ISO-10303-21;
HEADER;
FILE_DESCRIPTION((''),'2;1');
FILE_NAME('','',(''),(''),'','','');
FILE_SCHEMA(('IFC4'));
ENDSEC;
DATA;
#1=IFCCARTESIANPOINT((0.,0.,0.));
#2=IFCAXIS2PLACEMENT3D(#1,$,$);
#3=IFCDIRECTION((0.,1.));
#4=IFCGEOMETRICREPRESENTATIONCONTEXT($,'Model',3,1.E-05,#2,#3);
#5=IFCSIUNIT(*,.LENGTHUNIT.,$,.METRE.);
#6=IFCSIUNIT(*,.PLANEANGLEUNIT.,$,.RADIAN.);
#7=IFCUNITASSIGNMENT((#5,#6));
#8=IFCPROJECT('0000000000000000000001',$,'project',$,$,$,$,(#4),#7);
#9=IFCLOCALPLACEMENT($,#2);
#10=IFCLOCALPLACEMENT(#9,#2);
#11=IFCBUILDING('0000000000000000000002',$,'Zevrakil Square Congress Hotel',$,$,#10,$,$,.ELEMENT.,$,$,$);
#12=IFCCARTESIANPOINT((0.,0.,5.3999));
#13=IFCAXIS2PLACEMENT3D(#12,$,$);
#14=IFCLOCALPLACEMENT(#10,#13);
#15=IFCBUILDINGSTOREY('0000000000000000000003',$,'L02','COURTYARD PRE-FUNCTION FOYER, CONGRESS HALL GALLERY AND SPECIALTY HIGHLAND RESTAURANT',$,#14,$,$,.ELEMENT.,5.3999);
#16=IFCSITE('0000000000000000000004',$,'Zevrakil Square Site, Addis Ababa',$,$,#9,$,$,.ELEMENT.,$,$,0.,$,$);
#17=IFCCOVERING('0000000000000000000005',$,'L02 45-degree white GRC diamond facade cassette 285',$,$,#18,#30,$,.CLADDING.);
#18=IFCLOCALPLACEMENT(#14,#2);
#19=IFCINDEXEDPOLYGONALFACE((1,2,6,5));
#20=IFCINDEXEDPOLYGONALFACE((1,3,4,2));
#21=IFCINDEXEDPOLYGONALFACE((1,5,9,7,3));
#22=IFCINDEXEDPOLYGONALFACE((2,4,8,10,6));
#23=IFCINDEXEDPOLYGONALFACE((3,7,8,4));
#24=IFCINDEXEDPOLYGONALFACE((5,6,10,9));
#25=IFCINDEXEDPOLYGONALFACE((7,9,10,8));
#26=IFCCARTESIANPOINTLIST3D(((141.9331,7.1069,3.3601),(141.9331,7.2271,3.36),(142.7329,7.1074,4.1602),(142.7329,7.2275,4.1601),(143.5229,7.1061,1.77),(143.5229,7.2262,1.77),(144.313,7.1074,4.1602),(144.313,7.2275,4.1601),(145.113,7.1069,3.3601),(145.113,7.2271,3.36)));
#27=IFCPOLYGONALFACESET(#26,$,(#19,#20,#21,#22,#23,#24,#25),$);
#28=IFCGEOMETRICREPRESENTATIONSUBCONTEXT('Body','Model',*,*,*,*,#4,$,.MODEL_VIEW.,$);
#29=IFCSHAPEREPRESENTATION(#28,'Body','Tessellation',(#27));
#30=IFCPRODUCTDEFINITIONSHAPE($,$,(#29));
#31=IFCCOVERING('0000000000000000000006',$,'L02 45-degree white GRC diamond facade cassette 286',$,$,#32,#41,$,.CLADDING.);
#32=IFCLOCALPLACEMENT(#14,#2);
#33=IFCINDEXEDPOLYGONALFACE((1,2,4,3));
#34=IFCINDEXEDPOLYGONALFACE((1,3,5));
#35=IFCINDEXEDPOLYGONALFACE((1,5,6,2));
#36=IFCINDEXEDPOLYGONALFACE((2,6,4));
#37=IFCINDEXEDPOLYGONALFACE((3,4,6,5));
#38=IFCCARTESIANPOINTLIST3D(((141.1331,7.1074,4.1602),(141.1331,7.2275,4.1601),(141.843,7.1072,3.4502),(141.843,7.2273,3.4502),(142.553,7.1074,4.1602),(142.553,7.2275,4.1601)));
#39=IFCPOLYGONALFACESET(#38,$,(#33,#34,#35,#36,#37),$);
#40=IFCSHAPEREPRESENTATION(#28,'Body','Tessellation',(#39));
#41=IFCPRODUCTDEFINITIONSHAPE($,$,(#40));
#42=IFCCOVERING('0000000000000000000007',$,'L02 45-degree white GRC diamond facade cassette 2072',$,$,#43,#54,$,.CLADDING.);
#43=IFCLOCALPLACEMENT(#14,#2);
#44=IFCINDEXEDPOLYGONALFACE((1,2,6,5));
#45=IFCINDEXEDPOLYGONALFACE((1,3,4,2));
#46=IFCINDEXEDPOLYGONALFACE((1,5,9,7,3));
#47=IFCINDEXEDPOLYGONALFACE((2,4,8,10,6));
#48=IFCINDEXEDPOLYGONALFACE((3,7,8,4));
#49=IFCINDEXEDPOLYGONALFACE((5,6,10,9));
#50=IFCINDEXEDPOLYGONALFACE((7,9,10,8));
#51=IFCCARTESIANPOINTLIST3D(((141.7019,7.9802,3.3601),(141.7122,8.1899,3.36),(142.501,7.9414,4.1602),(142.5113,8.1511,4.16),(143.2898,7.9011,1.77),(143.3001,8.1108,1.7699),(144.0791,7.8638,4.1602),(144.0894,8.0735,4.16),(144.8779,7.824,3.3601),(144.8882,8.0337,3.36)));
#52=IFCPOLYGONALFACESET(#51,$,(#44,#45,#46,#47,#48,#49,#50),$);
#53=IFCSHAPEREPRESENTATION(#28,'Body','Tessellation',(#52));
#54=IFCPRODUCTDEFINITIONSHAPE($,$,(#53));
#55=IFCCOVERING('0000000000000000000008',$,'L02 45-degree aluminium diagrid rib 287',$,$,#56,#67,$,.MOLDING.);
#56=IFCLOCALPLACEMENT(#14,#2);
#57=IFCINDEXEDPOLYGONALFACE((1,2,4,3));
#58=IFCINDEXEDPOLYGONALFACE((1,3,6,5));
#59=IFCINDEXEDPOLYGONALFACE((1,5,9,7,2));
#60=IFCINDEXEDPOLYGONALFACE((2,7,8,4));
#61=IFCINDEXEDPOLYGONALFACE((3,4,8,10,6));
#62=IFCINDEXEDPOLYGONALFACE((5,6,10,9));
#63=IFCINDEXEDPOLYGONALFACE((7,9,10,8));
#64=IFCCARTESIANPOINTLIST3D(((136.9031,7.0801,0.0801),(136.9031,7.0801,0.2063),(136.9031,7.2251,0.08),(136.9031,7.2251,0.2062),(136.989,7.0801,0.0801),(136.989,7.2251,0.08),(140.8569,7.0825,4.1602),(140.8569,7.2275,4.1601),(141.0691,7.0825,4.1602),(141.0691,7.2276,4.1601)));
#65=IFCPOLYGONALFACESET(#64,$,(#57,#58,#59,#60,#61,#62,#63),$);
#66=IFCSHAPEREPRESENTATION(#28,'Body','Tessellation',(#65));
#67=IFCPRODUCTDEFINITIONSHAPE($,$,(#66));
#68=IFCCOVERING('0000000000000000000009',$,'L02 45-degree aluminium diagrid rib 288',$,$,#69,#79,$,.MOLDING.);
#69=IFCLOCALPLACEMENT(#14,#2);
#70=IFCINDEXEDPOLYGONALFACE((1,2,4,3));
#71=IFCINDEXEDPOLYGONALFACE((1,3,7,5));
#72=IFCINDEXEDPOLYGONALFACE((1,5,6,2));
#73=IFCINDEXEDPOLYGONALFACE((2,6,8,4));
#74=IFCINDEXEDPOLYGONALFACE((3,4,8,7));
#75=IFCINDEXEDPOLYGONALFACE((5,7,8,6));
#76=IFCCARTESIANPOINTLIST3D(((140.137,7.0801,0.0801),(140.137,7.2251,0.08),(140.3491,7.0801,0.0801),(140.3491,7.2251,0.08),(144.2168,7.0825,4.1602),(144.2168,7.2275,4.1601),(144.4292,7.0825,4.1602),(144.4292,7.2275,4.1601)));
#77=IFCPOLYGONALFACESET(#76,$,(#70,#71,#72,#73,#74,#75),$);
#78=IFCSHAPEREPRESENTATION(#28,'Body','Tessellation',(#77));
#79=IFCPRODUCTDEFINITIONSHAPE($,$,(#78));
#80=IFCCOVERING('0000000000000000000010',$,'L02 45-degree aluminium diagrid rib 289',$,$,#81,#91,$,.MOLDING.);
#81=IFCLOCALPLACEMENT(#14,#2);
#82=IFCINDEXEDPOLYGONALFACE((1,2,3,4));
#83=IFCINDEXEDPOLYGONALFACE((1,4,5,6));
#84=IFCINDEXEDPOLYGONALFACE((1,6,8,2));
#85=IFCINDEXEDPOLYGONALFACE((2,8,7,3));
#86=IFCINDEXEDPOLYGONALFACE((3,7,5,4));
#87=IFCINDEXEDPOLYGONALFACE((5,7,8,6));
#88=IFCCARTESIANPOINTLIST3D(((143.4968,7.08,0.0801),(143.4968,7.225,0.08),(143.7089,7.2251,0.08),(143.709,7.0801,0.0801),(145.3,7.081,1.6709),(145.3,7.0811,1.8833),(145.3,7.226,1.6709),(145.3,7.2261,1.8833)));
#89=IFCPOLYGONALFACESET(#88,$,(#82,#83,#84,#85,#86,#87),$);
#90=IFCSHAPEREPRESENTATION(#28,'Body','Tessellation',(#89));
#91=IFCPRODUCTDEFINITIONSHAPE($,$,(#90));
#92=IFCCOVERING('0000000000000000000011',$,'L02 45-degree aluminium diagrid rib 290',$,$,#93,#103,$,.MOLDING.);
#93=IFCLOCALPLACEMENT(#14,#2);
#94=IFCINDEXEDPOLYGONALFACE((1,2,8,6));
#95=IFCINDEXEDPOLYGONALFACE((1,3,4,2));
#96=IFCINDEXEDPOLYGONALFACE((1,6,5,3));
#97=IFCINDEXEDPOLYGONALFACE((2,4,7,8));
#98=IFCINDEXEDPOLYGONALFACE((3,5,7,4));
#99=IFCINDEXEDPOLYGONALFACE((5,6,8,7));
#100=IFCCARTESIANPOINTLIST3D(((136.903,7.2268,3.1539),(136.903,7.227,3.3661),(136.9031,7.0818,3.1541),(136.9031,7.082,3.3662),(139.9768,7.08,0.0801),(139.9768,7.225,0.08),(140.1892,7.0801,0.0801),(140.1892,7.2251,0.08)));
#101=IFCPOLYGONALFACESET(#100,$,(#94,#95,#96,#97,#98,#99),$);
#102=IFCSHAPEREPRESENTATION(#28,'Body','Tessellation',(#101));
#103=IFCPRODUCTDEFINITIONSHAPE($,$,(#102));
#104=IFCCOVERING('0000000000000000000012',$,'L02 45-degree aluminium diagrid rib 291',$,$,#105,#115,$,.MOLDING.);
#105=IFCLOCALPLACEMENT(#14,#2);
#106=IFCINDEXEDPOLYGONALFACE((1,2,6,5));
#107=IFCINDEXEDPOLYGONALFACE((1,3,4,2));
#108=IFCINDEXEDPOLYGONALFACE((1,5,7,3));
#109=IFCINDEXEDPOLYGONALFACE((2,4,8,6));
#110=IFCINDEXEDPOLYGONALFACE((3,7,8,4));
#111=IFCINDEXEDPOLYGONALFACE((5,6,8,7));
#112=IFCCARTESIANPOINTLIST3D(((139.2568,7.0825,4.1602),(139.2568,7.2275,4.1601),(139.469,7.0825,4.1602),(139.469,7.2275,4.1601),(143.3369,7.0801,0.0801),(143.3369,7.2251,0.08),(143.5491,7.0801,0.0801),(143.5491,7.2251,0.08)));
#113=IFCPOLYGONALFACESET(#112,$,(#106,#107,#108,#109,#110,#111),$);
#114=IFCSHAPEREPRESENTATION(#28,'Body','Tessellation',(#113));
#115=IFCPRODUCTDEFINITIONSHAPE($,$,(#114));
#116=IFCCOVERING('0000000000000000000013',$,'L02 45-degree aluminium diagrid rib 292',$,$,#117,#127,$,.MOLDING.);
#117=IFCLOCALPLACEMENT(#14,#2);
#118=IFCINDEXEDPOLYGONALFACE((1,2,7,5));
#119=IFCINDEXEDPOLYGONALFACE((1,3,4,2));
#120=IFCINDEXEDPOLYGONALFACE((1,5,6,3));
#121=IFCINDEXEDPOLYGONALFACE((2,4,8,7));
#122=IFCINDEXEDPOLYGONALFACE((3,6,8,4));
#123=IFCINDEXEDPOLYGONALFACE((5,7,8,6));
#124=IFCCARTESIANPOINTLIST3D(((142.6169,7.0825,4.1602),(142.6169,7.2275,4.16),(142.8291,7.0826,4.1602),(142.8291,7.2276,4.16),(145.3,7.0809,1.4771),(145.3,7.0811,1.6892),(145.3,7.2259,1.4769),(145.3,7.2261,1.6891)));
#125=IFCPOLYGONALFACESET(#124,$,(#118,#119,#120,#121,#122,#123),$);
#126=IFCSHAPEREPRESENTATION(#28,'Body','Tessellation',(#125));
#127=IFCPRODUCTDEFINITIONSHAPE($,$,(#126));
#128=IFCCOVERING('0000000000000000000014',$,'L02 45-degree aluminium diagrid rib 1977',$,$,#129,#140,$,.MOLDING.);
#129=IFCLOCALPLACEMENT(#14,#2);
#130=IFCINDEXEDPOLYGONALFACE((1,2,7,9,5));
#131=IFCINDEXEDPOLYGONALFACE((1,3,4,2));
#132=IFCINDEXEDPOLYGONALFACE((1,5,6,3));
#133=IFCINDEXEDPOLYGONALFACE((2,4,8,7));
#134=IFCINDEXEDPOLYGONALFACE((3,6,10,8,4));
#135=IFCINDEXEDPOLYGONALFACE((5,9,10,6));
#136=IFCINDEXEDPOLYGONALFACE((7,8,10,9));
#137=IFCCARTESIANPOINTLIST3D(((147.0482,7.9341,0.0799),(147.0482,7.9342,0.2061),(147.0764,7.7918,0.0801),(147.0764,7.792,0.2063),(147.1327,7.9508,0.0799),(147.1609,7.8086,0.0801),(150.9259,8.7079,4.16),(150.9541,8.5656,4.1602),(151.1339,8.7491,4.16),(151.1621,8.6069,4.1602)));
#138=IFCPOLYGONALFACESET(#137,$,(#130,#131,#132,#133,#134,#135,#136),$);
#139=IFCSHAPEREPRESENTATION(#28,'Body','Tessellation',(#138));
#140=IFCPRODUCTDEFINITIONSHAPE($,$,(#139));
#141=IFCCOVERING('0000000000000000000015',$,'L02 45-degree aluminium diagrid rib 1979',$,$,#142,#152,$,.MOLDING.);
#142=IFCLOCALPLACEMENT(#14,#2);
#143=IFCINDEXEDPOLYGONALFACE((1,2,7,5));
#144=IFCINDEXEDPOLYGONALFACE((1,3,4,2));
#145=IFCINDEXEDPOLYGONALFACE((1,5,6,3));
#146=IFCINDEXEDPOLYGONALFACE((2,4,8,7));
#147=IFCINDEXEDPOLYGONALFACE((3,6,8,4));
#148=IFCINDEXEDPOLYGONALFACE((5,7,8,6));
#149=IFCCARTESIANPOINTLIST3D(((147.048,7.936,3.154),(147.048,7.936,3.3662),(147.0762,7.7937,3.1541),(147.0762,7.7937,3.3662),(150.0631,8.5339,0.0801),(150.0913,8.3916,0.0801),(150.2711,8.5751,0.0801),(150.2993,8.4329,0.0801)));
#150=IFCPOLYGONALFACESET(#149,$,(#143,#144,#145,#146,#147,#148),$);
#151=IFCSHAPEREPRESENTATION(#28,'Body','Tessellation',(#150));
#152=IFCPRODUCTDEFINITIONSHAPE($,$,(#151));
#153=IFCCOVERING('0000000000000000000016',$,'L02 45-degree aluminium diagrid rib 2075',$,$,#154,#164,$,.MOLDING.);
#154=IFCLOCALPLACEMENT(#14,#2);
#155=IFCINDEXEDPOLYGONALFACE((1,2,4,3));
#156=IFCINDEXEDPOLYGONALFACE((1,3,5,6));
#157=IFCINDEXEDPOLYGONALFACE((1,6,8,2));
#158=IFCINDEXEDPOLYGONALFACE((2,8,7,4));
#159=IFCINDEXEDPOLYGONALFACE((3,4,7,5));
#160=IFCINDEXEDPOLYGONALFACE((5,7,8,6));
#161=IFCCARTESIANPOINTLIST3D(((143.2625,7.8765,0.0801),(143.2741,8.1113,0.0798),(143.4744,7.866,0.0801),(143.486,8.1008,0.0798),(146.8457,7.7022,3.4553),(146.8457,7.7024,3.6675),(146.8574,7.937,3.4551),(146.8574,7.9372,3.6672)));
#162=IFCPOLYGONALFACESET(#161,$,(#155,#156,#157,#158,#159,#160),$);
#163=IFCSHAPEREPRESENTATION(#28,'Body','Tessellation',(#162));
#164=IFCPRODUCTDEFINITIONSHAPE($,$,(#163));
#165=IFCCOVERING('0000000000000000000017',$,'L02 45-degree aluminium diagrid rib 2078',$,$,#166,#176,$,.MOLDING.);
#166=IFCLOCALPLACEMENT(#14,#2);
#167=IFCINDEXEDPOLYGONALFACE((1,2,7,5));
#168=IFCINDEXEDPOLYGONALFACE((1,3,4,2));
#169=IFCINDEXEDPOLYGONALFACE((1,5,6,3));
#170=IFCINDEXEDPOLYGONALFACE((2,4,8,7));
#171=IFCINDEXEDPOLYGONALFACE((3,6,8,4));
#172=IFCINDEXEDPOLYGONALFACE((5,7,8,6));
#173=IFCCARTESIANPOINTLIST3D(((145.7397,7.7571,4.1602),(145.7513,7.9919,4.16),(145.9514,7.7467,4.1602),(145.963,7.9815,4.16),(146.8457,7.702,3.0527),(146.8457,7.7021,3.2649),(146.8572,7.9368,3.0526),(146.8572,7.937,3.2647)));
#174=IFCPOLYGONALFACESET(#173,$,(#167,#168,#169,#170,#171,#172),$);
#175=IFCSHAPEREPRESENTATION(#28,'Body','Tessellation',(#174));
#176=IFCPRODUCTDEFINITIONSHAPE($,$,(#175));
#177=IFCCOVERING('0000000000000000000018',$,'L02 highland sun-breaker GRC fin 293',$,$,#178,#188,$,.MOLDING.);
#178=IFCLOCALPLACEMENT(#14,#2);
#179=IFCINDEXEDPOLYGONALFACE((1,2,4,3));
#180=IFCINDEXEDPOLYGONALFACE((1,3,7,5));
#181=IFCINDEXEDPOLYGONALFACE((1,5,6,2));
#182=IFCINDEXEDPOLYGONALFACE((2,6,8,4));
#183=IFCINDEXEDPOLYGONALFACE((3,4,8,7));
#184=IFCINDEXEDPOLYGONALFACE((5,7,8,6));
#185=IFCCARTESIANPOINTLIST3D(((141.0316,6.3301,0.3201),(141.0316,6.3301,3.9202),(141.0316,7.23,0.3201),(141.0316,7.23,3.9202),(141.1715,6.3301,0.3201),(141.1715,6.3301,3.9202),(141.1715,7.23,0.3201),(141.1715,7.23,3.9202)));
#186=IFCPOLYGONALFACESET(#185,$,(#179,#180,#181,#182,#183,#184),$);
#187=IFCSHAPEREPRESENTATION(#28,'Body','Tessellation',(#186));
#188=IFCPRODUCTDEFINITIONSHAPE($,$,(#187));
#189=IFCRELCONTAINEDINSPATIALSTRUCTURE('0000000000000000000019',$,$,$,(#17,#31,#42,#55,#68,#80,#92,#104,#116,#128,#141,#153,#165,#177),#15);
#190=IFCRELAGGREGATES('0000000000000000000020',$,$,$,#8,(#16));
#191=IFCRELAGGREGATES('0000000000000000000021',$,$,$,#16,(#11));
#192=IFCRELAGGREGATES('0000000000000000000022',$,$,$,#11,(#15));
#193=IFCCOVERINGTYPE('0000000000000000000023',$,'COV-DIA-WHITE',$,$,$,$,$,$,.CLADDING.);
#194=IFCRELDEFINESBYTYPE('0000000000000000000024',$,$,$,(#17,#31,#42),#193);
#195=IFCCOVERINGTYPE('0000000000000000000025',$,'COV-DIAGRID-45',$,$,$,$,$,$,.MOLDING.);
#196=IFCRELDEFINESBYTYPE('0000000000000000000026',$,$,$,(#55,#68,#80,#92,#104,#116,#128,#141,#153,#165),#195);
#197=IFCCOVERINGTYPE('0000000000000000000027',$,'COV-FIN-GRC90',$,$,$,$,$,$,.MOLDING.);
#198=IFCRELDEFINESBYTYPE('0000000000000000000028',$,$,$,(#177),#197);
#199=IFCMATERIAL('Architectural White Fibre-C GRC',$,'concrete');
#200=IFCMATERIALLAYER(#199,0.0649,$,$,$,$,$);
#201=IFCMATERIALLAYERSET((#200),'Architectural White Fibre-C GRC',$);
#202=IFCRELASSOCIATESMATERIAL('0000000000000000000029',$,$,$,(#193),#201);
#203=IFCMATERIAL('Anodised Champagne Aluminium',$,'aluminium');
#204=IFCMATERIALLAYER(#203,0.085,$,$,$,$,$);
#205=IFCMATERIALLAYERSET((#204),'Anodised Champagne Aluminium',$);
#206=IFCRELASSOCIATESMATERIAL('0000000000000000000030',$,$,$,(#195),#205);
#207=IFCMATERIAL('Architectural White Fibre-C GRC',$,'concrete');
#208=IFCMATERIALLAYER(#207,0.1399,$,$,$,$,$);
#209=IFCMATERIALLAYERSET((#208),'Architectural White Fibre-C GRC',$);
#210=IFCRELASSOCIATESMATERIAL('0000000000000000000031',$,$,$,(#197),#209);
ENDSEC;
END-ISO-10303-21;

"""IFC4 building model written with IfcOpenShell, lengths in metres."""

from ifc_helpers import new_model, si_unit, direction, frame, origin, origin_2d, place, context, subcontext, project, spatial, polyline, rectangle, outline, extrude, material, layer, layer_set, type_object, element, save


model = new_model("IFC4")

# Units and contexts
model_context = context("Model", 3, precision=1e-05, world=origin(), true_north=direction((0.0, 1.0)))
body_context = subcontext(model_context, "Body", "Model", "MODEL_VIEW")
ifc_project = project(units=[si_unit("LENGTHUNIT", "METRE"), si_unit("PLANEANGLEUNIT", "RADIAN")], contexts=[model_context])

# Site, building, storey
site_placement = place(None, origin())
site = spatial("IfcSite", under=ifc_project, at=site_placement, Name="Zevrakil Square Site, Addis Ababa", CompositionType="ELEMENT", RefElevation=0.0)
building_placement = place(site_placement, origin())
building = spatial("IfcBuilding", under=site, at=building_placement, Name="Zevrakil Square Congress Hotel", CompositionType="ELEMENT")
storey_placement = place(building_placement, frame((0.0, 0.0, 5.3999)))
storey = spatial("IfcBuildingStorey", under=building, at=storey_placement, Name="L02", Description="COURTYARD PRE-FUNCTION FOYER, CONGRESS HALL GALLERY AND SPECIALTY HIGHLAND RESTAURANT", CompositionType="ELEMENT", Elevation=5.3999)

# Coverings
ifc_material_1 = material(Name="Architectural White Fibre-C GRC", Category="concrete")
ifc_layer_1 = layer(ifc_material_1, 0.0649)
ifc_layer_set_1 = layer_set([ifc_layer_1], Name="Architectural White Fibre-C GRC")
covering_type_1 = type_object("IfcCoveringType", Name="COV-DIA-WHITE", PredefinedType="CLADDING", material=ifc_layer_set_1)
covering_1_placement = place(storey_placement, frame((145.113, 7.1069, 3.3601), z_axis=(0.0, -1.0, 0.000525), x_axis=(-0.707107, -0.000371, -0.707107)))
element("IfcCovering", 1, at=covering_1_placement, inside=storey, type_object=covering_type_1, Name="L02 45-degree white GRC diamond facade cassette 285", PredefinedType="CLADDING", context=body_context, shape_type="SweptSolid", body=[
    extrude(outline(polyline([(0.0, 0.0), (2.2487, 0.0), (2.2486, -2.2486), (1.1173, -2.2487), (0.0, -1.1314), (0.0, 0.0)])), origin(), (0.0, 0.0, -1.0), 0.1201),
])
covering_2_placement = place(storey_placement, frame((141.843, 7.1072, 3.4502), z_axis=(0.0, -1.0, 0.000344), x_axis=(-0.707107, 0.000243, 0.707107)))
element("IfcCovering", 2, at=covering_2_placement, inside=storey, type_object=covering_type_1, Name="L02 45-degree white GRC diamond facade cassette 286", PredefinedType="CLADDING", context=body_context, shape_type="SweptSolid", body=[
    extrude(outline(polyline([(0.0, 0.0), (1.004, 0.0), (0.0, -1.004), (0.0, 0.0)])), origin(), (0.0, 0.0, -1.0), 0.1201),
])
covering_3_placement = place(storey_placement, frame((144.8779, 7.824, 3.3601), z_axis=(-0.049137, -0.998792, 0.000617), x_axis=(-0.706256, 0.034308, -0.707125)))
element("IfcCovering", 3, at=covering_3_placement, inside=storey, type_object=covering_type_1, Name="L02 45-degree white GRC diamond facade cassette 2072", PredefinedType="CLADDING", context=body_context, shape_type="SweptSolid", body=[
    extrude(outline(polyline([(0.0, 0.0), (2.2487, 0.0), (2.2484, -2.2486), (1.117, -2.2486), (-0.0002, -1.1313), (0.0, 0.0)])), origin(), (0.0, 0.0, -1.0), 0.21),
])
ifc_material_2 = material(Name="Anodised Champagne Aluminium", Category="aluminium")
ifc_layer_2 = layer(ifc_material_2, 0.085)
ifc_layer_set_2 = layer_set([ifc_layer_2], Name="Anodised Champagne Aluminium")
covering_type_2 = type_object("IfcCoveringType", Name="COV-DIAGRID-45", PredefinedType="MOLDING", material=ifc_layer_set_2)
covering_4_placement = place(storey_placement, frame((136.989, 7.0801, 0.0801), z_axis=(0.00018, -1.0, 0.000424), x_axis=(-1.0, -0.00018, 0.0)))
element("IfcCovering", 4, at=covering_4_placement, inside=storey, type_object=covering_type_2, Name="L02 45-degree aluminium diagrid rib 287", PredefinedType="MOLDING", context=body_context, shape_type="SweptSolid", body=[
    extrude(outline(polyline([(0.0, 0.0), (0.0859, 0.0), (0.0859, -0.1262), (-3.8679, -4.0801), (-4.0801, -4.0801), (0.0, 0.0)])), origin(), (0.0, 0.0, -1.0), 0.145),
])
covering_5_placement = place(storey_placement, frame((140.3491, 7.0801, 0.0801), z_axis=(0.0, -1.0, 0.000598), x_axis=(-1.0, 0.0, 0.0)))
element("IfcCovering", 5, at=covering_5_placement, inside=storey, type_object=covering_type_2, Name="L02 45-degree aluminium diagrid rib 288", PredefinedType="MOLDING", context=body_context, shape_type="SweptSolid", body=[
    extrude(outline(polyline([(0.0, 0.0), (0.2122, 0.0), (-3.8677, -4.0801), (-4.0801, -4.0801), (0.0, 0.0)])), origin(), (0.0, 0.0, -1.0), 0.145),
])
covering_6_placement = place(storey_placement, frame((143.709, 7.0801, 0.0801), z_axis=(0.000288, -1.0, 0.000288), x_axis=(-1.0, -0.000288, 0.0)))
element("IfcCovering", 6, at=covering_6_placement, inside=storey, type_object=covering_type_2, Name="L02 45-degree aluminium diagrid rib 289", PredefinedType="MOLDING", context=body_context, shape_type="SweptSolid", body=[
    extrude(outline(polyline([(0.0, 0.0), (0.2122, 0.0), (-1.5911, -1.8032), (-1.5911, -1.5908), (0.0, 0.0)])), origin(), (0.0, 0.0, -1.0), 0.145),
])
covering_7_placement = place(storey_placement, frame((136.9031, 7.0818, 3.1541), z_axis=(0.000287, -1.0, 0.000863), x_axis=(0.0, 0.000863, 1.0)))
element("IfcCovering", 7, at=covering_7_placement, inside=storey, type_object=covering_type_2, Name="L02 45-degree aluminium diagrid rib 290", PredefinedType="MOLDING", context=body_context, shape_type="SweptSolid", body=[
    extrude(outline(polyline([(0.0, 0.0), (0.2122, 0.0), (-3.074, -3.2861), (-3.074, -3.0737), (0.0, 0.0)])), origin(), (0.0, 0.0, -1.0), 0.145),
])
covering_8_placement = place(storey_placement, frame((139.2568, 7.0825, 4.1602), z_axis=(0.0, -1.0, 0.000598), x_axis=(1.0, 0.0, 0.0)))
element("IfcCovering", 8, at=covering_8_placement, inside=storey, type_object=covering_type_2, Name="L02 45-degree aluminium diagrid rib 291", PredefinedType="MOLDING", context=body_context, shape_type="SweptSolid", body=[
    extrude(outline(polyline([(0.0, 0.0), (0.2122, 0.0), (4.2922, -4.0801), (4.0801, -4.0801), (0.0, 0.0)])), origin(), (0.0, 0.0, -1.0), 0.145),
])
covering_9_placement = place(storey_placement, frame((142.6169, 7.0825, 4.1602), z_axis=(0.000267, -1.0, 0.000883), x_axis=(1.0, 0.000267, 0.0)))
element("IfcCovering", 9, at=covering_9_placement, inside=storey, type_object=covering_type_2, Name="L02 45-degree aluminium diagrid rib 292", PredefinedType="MOLDING", context=body_context, shape_type="SweptSolid", body=[
    extrude(outline(polyline([(0.0, 0.0), (0.2122, 0.0), (2.6831, -2.4709), (2.6831, -2.6831), (0.0, 0.0)])), origin(), (0.0, 0.0, -1.0), 0.145),
])
covering_10_placement = place(storey_placement, frame((147.1609, 7.8086, 0.0801), z_axis=(0.194533, -0.980895, 0.001137), x_axis=(-0.980896, -0.194533, 0.000002)))
element("IfcCovering", 10, at=covering_10_placement, inside=storey, type_object=covering_type_2, Name="L02 45-degree aluminium diagrid rib 1977", PredefinedType="MOLDING", context=body_context, shape_type="SweptSolid", body=[
    extrude(outline(polyline([(0.0, 0.0), (0.0861, 0.0), (0.0861, -0.1262), (-3.868, -4.0801), (-4.0801, -4.0801), (0.0, 0.0)])), origin(), (0.0, 0.0, -1.0), 0.145),
])
covering_11_placement = place(storey_placement, frame((147.0762, 7.7937, 3.1541), z_axis=(0.19454, -0.980895, 0.000027), x_axis=(-0.000005, 0.000026, 1.0)))
element("IfcCovering", 11, at=covering_11_placement, inside=storey, type_object=covering_type_2, Name="L02 45-degree aluminium diagrid rib 1979", PredefinedType="MOLDING", context=body_context, shape_type="SweptSolid", body=[
    extrude(outline(polyline([(0.0, 0.0), (0.2122, 0.0), (-3.074, -3.2859), (-3.074, -3.0738), (0.0, 0.0)])), origin(), (0.0, 0.0, -1.0), 0.145),
])
covering_12_placement = place(storey_placement, frame((143.4744, 7.866, 0.0801), z_axis=(-0.049577, -0.99877, 0.00105), x_axis=(-0.99877, 0.049577, 0.0)))
element("IfcCovering", 12, at=covering_12_placement, inside=storey, type_object=covering_type_2, Name="L02 45-degree aluminium diagrid rib 2075", PredefinedType="MOLDING", context=body_context, shape_type="SweptSolid", body=[
    extrude(outline(polyline([(0.0, 0.0), (0.2122, 0.0), (-3.3753, -3.5874), (-3.3753, -3.3752), (0.0, 0.0)])), origin(), (0.0, 0.0, -1.0), 0.2351),
])
covering_13_placement = place(storey_placement, frame((145.7397, 7.7571, 4.1602), z_axis=(-0.049062, -0.998796, 0.000676), x_axis=(0.998796, -0.049062, 0.0)))
element("IfcCovering", 13, at=covering_13_placement, inside=storey, type_object=covering_type_2, Name="L02 45-degree aluminium diagrid rib 2078", PredefinedType="MOLDING", context=body_context, shape_type="SweptSolid", body=[
    extrude(outline(polyline([(0.0, 0.0), (0.2119, 0.0), (1.1073, -0.8953), (1.1073, -1.1074), (0.0, 0.0)])), origin(), (0.0, 0.0, -1.0), 0.2351),
])
ifc_material_3 = material(Name="Architectural White Fibre-C GRC", Category="concrete")
ifc_layer_3 = layer(ifc_material_3, 0.1399)
ifc_layer_set_3 = layer_set([ifc_layer_3], Name="Architectural White Fibre-C GRC")
covering_type_3 = type_object("IfcCoveringType", Name="COV-FIN-GRC90", PredefinedType="MOLDING", material=ifc_layer_set_3)
covering_14_placement = place(storey_placement, frame((141.1016, 6.78, 0.3201), z_axis=(0.0, 0.0, 1.0), x_axis=(0.0, -1.0, 0.0)))
element("IfcCovering", 14, at=covering_14_placement, inside=storey, type_object=covering_type_3, Name="L02 highland sun-breaker GRC fin 293", PredefinedType="MOLDING", context=body_context, shape_type="SweptSolid", body=[
    extrude(rectangle(XDim=0.8999, YDim=0.1399, at=origin_2d()), origin(), (0.0, 0.0, 1.0), 3.6001),
])

save(model, "model.ifc")
